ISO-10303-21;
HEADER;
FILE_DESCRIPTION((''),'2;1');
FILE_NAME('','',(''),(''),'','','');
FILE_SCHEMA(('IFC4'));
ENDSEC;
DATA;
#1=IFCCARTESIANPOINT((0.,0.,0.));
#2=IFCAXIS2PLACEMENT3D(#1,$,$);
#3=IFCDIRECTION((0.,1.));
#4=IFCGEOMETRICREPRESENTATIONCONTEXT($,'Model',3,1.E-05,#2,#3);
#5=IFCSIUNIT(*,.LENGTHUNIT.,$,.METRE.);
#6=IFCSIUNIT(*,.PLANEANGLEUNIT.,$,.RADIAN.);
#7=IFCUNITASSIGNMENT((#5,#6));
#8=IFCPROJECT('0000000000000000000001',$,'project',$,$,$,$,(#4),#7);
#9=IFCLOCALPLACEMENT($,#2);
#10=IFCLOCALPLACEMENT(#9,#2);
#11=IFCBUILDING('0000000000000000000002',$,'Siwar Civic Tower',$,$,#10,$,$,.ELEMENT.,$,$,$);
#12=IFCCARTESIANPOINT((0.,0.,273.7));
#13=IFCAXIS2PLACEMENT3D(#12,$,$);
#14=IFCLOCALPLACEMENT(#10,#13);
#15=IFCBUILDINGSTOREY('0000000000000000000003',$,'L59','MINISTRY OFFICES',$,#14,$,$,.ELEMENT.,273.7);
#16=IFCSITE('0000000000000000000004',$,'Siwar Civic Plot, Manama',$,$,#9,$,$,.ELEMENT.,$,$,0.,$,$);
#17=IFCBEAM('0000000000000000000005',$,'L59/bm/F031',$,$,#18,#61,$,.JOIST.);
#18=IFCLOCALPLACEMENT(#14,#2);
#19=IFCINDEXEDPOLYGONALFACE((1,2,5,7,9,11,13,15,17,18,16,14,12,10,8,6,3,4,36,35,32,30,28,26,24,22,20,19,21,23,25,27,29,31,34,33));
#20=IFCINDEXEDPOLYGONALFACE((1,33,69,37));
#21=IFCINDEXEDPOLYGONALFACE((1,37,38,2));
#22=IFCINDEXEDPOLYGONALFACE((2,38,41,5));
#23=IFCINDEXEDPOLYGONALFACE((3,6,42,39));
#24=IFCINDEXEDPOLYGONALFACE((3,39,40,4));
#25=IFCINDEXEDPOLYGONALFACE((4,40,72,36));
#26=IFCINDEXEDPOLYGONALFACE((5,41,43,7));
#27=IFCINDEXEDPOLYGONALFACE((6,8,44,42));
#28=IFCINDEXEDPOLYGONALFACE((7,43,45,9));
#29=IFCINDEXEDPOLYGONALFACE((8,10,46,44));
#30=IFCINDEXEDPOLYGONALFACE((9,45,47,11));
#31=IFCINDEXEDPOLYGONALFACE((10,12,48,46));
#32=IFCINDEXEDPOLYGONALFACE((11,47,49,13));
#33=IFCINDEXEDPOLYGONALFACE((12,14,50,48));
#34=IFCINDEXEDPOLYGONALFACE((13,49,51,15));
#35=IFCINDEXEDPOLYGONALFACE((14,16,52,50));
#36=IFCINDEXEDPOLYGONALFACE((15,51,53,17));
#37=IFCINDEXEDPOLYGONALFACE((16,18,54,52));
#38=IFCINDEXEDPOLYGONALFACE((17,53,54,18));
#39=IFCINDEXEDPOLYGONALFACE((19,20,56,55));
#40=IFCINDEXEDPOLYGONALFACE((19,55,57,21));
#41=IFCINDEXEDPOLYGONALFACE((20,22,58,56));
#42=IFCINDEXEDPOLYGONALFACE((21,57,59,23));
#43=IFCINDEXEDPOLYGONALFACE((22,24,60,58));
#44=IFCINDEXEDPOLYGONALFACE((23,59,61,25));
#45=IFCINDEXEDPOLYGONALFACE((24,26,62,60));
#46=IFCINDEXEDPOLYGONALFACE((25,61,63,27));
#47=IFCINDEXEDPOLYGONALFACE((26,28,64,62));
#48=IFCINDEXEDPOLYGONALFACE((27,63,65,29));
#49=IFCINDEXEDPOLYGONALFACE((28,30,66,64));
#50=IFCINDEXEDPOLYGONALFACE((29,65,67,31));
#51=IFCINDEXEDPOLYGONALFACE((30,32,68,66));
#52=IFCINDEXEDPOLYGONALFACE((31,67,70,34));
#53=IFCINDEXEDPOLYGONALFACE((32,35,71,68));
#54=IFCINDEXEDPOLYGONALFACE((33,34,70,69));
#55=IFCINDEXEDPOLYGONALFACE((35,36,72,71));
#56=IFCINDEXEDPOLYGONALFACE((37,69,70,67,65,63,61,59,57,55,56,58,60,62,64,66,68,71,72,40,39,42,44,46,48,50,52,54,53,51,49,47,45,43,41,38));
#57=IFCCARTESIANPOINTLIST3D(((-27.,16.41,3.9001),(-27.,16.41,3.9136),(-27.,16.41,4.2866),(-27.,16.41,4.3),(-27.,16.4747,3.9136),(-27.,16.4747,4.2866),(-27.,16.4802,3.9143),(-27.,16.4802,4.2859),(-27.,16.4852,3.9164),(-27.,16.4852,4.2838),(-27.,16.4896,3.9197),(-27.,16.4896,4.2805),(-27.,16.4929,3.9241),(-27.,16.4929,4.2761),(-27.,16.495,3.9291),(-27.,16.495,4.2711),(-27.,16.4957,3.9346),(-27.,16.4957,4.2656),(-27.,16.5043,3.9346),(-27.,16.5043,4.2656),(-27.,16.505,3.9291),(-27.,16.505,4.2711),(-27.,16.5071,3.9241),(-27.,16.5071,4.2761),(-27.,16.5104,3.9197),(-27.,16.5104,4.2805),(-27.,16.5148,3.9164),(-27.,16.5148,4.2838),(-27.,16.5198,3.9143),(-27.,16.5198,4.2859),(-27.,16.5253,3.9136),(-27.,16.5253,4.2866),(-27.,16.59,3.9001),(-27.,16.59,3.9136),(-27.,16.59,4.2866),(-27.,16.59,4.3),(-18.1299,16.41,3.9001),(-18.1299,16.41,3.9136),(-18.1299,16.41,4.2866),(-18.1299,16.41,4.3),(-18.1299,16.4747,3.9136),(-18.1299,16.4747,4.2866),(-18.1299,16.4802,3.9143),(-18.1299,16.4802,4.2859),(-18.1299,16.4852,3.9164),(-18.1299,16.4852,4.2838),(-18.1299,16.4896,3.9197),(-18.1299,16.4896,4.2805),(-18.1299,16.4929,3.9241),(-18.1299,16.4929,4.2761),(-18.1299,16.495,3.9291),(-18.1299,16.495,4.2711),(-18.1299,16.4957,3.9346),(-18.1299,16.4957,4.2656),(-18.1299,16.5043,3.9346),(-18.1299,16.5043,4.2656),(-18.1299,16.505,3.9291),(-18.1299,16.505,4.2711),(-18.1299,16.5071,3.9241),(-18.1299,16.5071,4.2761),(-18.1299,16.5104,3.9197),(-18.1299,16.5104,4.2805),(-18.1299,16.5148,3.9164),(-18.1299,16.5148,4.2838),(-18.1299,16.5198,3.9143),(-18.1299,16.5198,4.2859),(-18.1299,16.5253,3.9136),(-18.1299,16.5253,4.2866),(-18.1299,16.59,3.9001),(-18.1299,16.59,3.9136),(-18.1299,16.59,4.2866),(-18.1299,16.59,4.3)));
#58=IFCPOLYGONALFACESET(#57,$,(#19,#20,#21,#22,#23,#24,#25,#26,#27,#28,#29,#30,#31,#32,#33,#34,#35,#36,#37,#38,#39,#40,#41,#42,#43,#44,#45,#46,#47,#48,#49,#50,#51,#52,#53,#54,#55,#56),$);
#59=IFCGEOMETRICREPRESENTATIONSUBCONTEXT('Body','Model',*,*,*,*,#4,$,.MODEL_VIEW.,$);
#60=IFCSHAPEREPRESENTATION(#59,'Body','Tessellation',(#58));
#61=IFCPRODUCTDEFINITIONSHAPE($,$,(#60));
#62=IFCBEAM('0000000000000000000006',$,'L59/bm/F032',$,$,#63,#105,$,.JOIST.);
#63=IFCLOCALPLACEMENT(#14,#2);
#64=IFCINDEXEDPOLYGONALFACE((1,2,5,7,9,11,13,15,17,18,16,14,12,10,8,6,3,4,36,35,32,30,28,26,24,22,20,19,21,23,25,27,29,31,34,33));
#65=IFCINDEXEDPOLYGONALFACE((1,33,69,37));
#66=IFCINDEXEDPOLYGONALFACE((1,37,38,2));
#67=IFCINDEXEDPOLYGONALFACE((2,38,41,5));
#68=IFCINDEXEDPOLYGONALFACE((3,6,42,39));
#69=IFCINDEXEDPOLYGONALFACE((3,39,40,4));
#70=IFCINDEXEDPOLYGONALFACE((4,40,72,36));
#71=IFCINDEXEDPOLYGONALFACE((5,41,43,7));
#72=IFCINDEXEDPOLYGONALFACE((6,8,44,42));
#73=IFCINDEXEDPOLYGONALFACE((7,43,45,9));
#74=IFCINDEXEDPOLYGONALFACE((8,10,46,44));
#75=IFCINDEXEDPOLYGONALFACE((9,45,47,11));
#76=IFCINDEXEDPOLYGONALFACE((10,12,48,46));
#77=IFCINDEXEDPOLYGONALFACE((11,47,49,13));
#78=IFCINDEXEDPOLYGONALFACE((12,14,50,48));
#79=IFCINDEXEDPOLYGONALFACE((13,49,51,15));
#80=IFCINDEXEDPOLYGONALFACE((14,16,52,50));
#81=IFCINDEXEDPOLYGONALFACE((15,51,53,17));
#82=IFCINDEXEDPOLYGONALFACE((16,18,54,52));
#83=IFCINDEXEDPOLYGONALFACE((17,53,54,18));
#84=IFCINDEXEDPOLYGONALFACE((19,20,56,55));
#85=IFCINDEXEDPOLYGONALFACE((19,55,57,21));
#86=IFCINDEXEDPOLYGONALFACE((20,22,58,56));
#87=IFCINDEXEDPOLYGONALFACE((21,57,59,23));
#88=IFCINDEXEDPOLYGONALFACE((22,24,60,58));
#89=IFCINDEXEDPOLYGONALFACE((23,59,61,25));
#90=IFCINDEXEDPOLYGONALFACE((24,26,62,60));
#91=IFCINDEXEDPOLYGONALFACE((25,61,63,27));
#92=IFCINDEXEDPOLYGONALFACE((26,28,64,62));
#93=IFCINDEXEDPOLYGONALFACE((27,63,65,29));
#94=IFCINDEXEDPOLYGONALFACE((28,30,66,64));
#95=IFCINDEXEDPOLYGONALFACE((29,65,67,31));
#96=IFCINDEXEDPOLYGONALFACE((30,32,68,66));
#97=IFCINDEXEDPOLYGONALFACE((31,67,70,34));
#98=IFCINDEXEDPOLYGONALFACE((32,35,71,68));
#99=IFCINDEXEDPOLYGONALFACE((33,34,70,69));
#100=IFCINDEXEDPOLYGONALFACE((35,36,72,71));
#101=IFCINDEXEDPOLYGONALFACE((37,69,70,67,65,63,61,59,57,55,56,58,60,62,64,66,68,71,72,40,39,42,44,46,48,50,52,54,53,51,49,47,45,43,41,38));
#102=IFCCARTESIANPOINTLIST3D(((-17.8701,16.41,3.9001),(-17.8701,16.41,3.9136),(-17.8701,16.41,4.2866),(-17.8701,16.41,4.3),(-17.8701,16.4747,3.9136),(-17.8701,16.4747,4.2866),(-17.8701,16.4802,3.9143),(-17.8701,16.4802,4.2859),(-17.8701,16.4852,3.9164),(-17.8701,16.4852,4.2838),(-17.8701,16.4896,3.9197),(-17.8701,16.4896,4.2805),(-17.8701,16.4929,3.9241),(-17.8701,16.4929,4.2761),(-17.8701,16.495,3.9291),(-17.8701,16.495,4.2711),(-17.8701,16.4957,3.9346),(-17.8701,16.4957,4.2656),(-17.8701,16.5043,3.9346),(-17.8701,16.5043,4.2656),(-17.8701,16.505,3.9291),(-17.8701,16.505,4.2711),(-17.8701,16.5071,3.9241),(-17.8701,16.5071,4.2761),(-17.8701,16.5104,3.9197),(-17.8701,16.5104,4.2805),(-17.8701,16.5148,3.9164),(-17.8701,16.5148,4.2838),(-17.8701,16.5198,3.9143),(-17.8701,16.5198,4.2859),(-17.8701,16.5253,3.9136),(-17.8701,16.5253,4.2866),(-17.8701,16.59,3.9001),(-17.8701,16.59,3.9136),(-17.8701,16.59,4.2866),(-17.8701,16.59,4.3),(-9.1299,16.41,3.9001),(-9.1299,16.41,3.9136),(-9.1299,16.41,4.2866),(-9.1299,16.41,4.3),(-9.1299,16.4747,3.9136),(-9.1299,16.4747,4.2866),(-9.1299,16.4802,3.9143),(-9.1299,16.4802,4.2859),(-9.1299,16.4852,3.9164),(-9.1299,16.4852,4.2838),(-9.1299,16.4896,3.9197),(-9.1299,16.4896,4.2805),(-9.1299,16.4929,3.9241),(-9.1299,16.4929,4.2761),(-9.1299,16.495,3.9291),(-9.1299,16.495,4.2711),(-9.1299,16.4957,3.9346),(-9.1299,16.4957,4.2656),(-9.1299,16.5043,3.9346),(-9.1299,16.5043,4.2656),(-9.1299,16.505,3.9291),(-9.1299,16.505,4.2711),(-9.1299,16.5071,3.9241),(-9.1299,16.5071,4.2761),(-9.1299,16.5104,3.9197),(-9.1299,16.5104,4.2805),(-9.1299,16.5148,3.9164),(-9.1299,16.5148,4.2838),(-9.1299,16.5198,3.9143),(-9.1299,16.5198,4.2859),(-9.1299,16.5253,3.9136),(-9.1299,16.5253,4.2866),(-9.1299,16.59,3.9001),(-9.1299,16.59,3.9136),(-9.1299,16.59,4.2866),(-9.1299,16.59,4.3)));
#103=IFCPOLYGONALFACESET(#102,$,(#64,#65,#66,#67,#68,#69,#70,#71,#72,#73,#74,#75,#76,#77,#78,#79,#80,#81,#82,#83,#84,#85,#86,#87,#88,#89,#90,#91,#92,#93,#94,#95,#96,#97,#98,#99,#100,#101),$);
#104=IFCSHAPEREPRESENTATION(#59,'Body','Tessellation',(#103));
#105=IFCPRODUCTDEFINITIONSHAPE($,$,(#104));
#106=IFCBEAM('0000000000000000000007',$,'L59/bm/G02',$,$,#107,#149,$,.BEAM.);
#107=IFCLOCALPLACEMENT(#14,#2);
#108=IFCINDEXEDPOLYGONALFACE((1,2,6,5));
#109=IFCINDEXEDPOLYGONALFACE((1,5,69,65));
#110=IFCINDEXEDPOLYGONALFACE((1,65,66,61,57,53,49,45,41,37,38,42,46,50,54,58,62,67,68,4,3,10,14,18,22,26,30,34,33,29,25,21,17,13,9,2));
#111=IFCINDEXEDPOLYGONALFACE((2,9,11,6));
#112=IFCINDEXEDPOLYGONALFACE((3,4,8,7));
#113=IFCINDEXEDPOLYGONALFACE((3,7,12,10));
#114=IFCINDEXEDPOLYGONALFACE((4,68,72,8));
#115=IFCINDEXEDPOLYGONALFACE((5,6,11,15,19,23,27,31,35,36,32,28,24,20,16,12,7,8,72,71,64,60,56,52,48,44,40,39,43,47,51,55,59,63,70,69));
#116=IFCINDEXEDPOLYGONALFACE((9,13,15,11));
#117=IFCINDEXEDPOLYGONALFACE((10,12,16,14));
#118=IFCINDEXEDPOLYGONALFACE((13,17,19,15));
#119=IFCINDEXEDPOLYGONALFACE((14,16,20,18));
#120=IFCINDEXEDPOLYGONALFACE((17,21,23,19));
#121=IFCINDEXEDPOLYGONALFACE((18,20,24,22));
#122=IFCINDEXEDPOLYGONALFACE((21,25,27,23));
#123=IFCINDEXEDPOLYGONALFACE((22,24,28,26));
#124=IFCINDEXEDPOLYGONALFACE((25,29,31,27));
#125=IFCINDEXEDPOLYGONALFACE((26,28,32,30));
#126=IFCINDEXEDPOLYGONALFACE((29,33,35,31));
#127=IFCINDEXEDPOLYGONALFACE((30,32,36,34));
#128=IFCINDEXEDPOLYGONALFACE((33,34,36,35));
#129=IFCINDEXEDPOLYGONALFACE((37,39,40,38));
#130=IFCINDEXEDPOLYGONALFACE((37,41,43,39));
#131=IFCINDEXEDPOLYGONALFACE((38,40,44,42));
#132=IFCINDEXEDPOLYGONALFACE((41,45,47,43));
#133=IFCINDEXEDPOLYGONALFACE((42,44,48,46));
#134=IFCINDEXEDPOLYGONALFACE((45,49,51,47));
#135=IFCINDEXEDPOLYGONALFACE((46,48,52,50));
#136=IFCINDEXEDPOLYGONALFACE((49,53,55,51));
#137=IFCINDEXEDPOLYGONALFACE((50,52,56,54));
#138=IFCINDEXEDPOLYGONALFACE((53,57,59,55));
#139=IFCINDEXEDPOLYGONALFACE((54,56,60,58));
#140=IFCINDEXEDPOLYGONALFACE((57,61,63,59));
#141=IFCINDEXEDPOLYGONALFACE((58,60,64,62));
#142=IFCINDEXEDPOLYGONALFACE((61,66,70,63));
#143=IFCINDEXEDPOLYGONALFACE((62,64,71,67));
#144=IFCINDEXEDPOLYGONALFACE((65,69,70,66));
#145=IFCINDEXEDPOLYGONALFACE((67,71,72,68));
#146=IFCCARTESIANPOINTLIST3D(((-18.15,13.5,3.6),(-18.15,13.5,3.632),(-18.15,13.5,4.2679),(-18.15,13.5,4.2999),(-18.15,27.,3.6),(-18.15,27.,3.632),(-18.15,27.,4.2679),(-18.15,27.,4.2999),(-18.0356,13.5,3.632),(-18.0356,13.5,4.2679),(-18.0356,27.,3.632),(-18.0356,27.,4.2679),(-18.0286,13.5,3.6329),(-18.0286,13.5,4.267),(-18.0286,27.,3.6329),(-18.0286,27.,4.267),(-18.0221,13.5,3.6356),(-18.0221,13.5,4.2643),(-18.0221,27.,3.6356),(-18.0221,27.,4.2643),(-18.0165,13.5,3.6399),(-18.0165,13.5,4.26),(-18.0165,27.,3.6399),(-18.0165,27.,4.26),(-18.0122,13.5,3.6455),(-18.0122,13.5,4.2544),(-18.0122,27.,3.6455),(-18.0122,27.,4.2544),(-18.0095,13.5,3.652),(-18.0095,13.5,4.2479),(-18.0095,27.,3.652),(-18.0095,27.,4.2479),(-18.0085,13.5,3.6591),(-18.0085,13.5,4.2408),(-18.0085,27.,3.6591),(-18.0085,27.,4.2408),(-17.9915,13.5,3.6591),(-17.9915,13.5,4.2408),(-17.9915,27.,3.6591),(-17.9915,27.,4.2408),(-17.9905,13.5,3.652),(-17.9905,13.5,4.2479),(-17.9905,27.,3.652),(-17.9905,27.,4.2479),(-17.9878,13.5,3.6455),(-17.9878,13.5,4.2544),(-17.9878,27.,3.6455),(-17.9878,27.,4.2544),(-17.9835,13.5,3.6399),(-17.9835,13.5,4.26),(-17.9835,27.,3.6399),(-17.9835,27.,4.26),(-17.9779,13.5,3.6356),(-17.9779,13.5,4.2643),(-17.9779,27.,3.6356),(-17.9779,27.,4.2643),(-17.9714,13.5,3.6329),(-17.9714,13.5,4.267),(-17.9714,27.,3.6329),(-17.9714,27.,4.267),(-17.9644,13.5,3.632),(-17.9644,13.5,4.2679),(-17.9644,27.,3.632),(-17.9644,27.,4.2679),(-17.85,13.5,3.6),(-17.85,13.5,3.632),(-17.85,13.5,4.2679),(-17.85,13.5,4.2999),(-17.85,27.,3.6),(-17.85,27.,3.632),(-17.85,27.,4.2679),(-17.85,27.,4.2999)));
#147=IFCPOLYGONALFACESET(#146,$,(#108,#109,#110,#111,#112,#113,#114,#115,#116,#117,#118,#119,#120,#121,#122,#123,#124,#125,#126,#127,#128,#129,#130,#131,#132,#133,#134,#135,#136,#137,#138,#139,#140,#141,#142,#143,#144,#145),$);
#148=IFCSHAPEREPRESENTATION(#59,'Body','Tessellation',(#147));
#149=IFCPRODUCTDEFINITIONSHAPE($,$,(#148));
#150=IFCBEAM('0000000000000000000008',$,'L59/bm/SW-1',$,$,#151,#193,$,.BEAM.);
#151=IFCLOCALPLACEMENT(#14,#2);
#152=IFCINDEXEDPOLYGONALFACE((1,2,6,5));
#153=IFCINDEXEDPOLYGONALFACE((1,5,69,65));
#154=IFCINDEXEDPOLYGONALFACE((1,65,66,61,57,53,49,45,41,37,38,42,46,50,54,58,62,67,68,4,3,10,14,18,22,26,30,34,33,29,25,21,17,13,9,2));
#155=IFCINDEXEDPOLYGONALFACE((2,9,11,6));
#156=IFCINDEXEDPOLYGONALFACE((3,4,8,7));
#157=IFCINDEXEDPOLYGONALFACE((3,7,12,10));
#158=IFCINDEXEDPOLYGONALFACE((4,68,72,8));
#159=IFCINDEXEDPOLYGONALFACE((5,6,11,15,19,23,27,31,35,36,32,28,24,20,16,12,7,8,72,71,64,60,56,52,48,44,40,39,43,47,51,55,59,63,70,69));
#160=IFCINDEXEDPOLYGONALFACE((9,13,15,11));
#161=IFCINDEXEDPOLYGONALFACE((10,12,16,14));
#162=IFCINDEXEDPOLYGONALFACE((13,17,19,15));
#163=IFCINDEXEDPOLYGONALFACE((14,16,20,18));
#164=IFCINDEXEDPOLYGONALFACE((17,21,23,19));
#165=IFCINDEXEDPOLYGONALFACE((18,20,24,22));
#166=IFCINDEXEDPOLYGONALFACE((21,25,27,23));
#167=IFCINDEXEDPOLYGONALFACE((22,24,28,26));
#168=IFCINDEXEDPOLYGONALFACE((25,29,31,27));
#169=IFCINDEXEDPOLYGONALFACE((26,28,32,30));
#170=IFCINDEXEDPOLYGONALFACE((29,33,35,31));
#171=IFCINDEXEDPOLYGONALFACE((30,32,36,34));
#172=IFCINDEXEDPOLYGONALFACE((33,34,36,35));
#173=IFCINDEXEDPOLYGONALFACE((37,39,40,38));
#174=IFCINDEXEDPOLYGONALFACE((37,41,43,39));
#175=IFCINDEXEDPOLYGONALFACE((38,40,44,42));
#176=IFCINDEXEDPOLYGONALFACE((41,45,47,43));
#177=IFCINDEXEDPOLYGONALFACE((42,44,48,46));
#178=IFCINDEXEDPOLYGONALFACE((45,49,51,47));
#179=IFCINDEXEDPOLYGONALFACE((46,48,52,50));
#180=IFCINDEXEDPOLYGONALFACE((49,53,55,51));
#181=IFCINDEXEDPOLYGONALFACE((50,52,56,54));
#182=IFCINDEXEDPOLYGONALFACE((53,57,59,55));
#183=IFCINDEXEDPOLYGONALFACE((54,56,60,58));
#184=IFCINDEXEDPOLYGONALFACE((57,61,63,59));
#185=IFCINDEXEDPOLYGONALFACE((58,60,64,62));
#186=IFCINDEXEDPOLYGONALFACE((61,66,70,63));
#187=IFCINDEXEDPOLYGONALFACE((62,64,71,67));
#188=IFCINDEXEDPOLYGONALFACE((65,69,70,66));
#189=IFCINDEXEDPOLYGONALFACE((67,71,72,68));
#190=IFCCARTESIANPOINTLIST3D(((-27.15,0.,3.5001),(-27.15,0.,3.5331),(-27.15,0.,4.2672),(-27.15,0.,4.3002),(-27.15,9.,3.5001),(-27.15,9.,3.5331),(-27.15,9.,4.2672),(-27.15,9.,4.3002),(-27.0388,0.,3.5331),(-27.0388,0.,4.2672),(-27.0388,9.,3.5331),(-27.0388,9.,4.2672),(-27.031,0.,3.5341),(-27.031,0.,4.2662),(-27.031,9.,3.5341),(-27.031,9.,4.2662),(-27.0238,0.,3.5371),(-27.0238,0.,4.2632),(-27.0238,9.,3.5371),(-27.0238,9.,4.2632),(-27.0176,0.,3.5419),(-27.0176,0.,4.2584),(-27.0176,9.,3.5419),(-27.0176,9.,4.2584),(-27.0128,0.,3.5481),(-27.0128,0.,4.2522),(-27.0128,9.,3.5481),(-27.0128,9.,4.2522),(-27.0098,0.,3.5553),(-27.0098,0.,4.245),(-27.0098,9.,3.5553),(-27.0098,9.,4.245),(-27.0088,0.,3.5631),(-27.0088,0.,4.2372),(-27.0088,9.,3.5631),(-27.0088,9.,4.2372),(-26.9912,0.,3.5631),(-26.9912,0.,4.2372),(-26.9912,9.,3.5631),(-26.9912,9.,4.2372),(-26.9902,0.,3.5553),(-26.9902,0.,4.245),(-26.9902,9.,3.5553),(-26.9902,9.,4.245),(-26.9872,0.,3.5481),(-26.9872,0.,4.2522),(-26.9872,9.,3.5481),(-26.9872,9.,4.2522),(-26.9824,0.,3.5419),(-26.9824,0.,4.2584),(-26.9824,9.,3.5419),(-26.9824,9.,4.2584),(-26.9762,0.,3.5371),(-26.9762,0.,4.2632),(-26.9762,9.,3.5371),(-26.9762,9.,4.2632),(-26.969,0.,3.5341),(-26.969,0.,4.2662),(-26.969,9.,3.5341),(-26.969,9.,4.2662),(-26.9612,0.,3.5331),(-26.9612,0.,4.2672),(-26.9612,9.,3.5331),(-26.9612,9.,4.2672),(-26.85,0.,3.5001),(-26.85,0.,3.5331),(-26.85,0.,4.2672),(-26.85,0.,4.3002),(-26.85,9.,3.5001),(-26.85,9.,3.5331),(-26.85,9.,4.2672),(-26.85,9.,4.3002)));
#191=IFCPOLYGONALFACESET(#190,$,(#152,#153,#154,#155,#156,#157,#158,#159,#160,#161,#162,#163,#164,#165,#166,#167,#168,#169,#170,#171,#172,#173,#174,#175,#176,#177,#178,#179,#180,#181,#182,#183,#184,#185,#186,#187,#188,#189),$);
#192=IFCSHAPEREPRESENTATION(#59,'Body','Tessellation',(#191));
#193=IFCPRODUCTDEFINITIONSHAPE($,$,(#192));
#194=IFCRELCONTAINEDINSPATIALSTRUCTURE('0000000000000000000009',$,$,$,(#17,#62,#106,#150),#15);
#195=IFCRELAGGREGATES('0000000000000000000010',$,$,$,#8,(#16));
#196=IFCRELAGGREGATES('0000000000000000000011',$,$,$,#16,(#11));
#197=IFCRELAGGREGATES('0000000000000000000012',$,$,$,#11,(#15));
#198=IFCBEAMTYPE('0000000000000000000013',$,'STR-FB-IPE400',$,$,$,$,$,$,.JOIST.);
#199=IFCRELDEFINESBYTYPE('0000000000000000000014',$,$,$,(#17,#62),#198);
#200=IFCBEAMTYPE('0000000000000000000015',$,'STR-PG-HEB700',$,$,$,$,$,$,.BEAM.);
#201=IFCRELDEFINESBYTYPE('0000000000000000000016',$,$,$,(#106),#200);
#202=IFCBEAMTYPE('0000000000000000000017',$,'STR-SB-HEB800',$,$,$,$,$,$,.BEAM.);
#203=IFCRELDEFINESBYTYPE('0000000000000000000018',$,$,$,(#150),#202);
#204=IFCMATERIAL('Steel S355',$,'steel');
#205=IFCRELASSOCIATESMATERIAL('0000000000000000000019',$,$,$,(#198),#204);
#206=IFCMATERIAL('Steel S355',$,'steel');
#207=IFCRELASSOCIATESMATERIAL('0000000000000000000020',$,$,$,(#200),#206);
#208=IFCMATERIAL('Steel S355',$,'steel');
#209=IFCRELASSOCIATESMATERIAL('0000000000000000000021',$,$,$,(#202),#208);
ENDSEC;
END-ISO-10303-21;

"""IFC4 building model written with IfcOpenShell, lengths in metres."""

from ifc_helpers import new_model, si_unit, direction, frame, origin, origin_2d, place, context, subcontext, project, spatial, i_section, extrude, material, material_profile, profile_set, type_object, element, save


model = new_model("IFC4")

# Units and contexts
model_context = context("Model", 3, precision=1e-05, world=origin(), true_north=direction((0.0, 1.0)))
body_context = subcontext(model_context, "Body", "Model", "MODEL_VIEW")
ifc_project = project(units=[si_unit("LENGTHUNIT", "METRE"), si_unit("PLANEANGLEUNIT", "RADIAN")], contexts=[model_context])

# Site, building, storey
site_placement = place(None, origin())
site = spatial("IfcSite", under=ifc_project, at=site_placement, Name="Siwar Civic Plot, Manama", CompositionType="ELEMENT", RefElevation=0.0)
building_placement = place(site_placement, origin())
building = spatial("IfcBuilding", under=site, at=building_placement, Name="Siwar Civic Tower", CompositionType="ELEMENT")
storey_placement = place(building_placement, frame((0.0, 0.0, 273.7)))
storey = spatial("IfcBuildingStorey", under=building, at=storey_placement, Name="L59", Description="MINISTRY OFFICES", CompositionType="ELEMENT", Elevation=273.7)

# Beams
ifc_material_1 = material(Name="Steel S355", Category="steel")
ifc_material_profile_1 = material_profile(ifc_material_1, i_section(OverallWidth=0.1799, OverallDepth=0.3999, WebThickness=0.0085, FlangeThickness=0.0134, FilletRadius=0.021, at=origin_2d()), Name="IPE400")
ifc_profile_set_1 = profile_set([ifc_material_profile_1], Name="Steel S355")
beam_type_1 = type_object("IfcBeamType", Name="STR-FB-IPE400", PredefinedType="JOIST", material=ifc_profile_set_1)
beam_1_placement = place(storey_placement, frame((-27.0, 16.5, 4.1001), z_axis=(1.0, 0.0, 0.0), x_axis=(0.0, 1.0, 0.0)))
element("IfcBeam", 1, at=beam_1_placement, inside=storey, type_object=beam_type_1, Name="L59/bm/F031", PredefinedType="JOIST", context=body_context, shape_type="SweptSolid", body=[
    extrude(i_section(OverallWidth=0.1799, OverallDepth=0.3999, WebThickness=0.0085, FlangeThickness=0.0134, FilletRadius=0.021, at=origin_2d()), origin(), (0.0, 0.0, 1.0), 8.8701),
])
beam_2_placement = place(storey_placement, frame((-17.8701, 16.5, 4.1001), z_axis=(1.0, 0.0, 0.0), x_axis=(0.0, 1.0, 0.0)))
element("IfcBeam", 2, at=beam_2_placement, inside=storey, type_object=beam_type_1, Name="L59/bm/F032", PredefinedType="JOIST", context=body_context, shape_type="SweptSolid", body=[
    extrude(i_section(OverallWidth=0.1799, OverallDepth=0.3999, WebThickness=0.0085, FlangeThickness=0.0134, FilletRadius=0.021, at=origin_2d()), origin(), (0.0, 0.0, 1.0), 8.7402),
])
ifc_material_2 = material(Name="Steel S355", Category="steel")
ifc_material_profile_2 = material_profile(ifc_material_2, i_section(OverallWidth=0.3, OverallDepth=0.7, WebThickness=0.0171, FlangeThickness=0.032, FilletRadius=0.0271, at=origin_2d()), Name="HEB700")
ifc_profile_set_2 = profile_set([ifc_material_profile_2], Name="Steel S355")
beam_type_2 = type_object("IfcBeamType", Name="STR-PG-HEB700", PredefinedType="BEAM", material=ifc_profile_set_2)
beam_3_placement = place(storey_placement, frame((-18.0, 13.5, 3.95), z_axis=(0.0, 1.0, 0.0), x_axis=(-1.0, 0.0, 0.0)))
element("IfcBeam", 3, at=beam_3_placement, inside=storey, type_object=beam_type_2, Name="L59/bm/G02", PredefinedType="BEAM", context=body_context, shape_type="SweptSolid", body=[
    extrude(i_section(OverallWidth=0.3, OverallDepth=0.7, WebThickness=0.0171, FlangeThickness=0.032, FilletRadius=0.0271, at=origin_2d()), origin(), (0.0, 0.0, 1.0), 13.5),
])
ifc_material_3 = material(Name="Steel S355", Category="steel")
ifc_material_profile_3 = material_profile(ifc_material_3, i_section(OverallWidth=0.3, OverallDepth=0.8, WebThickness=0.0176, FlangeThickness=0.033, FilletRadius=0.03, at=origin_2d()), Name="HEB800")
ifc_profile_set_3 = profile_set([ifc_material_profile_3], Name="Steel S355")
beam_type_3 = type_object("IfcBeamType", Name="STR-SB-HEB800", PredefinedType="BEAM", material=ifc_profile_set_3)
beam_4_placement = place(storey_placement, frame((-27.0, 9.0, 3.9001), z_axis=(0.0, -1.0, 0.0), x_axis=(1.0, 0.0, 0.0)))
element("IfcBeam", 4, at=beam_4_placement, inside=storey, type_object=beam_type_3, Name="L59/bm/SW-1", PredefinedType="BEAM", context=body_context, shape_type="SweptSolid", body=[
    extrude(i_section(OverallWidth=0.3, OverallDepth=0.8, WebThickness=0.0176, FlangeThickness=0.033, FilletRadius=0.03, at=origin_2d()), origin(), (0.0, 0.0, 1.0), 9.0),
])

save(model, "model.ifc")
